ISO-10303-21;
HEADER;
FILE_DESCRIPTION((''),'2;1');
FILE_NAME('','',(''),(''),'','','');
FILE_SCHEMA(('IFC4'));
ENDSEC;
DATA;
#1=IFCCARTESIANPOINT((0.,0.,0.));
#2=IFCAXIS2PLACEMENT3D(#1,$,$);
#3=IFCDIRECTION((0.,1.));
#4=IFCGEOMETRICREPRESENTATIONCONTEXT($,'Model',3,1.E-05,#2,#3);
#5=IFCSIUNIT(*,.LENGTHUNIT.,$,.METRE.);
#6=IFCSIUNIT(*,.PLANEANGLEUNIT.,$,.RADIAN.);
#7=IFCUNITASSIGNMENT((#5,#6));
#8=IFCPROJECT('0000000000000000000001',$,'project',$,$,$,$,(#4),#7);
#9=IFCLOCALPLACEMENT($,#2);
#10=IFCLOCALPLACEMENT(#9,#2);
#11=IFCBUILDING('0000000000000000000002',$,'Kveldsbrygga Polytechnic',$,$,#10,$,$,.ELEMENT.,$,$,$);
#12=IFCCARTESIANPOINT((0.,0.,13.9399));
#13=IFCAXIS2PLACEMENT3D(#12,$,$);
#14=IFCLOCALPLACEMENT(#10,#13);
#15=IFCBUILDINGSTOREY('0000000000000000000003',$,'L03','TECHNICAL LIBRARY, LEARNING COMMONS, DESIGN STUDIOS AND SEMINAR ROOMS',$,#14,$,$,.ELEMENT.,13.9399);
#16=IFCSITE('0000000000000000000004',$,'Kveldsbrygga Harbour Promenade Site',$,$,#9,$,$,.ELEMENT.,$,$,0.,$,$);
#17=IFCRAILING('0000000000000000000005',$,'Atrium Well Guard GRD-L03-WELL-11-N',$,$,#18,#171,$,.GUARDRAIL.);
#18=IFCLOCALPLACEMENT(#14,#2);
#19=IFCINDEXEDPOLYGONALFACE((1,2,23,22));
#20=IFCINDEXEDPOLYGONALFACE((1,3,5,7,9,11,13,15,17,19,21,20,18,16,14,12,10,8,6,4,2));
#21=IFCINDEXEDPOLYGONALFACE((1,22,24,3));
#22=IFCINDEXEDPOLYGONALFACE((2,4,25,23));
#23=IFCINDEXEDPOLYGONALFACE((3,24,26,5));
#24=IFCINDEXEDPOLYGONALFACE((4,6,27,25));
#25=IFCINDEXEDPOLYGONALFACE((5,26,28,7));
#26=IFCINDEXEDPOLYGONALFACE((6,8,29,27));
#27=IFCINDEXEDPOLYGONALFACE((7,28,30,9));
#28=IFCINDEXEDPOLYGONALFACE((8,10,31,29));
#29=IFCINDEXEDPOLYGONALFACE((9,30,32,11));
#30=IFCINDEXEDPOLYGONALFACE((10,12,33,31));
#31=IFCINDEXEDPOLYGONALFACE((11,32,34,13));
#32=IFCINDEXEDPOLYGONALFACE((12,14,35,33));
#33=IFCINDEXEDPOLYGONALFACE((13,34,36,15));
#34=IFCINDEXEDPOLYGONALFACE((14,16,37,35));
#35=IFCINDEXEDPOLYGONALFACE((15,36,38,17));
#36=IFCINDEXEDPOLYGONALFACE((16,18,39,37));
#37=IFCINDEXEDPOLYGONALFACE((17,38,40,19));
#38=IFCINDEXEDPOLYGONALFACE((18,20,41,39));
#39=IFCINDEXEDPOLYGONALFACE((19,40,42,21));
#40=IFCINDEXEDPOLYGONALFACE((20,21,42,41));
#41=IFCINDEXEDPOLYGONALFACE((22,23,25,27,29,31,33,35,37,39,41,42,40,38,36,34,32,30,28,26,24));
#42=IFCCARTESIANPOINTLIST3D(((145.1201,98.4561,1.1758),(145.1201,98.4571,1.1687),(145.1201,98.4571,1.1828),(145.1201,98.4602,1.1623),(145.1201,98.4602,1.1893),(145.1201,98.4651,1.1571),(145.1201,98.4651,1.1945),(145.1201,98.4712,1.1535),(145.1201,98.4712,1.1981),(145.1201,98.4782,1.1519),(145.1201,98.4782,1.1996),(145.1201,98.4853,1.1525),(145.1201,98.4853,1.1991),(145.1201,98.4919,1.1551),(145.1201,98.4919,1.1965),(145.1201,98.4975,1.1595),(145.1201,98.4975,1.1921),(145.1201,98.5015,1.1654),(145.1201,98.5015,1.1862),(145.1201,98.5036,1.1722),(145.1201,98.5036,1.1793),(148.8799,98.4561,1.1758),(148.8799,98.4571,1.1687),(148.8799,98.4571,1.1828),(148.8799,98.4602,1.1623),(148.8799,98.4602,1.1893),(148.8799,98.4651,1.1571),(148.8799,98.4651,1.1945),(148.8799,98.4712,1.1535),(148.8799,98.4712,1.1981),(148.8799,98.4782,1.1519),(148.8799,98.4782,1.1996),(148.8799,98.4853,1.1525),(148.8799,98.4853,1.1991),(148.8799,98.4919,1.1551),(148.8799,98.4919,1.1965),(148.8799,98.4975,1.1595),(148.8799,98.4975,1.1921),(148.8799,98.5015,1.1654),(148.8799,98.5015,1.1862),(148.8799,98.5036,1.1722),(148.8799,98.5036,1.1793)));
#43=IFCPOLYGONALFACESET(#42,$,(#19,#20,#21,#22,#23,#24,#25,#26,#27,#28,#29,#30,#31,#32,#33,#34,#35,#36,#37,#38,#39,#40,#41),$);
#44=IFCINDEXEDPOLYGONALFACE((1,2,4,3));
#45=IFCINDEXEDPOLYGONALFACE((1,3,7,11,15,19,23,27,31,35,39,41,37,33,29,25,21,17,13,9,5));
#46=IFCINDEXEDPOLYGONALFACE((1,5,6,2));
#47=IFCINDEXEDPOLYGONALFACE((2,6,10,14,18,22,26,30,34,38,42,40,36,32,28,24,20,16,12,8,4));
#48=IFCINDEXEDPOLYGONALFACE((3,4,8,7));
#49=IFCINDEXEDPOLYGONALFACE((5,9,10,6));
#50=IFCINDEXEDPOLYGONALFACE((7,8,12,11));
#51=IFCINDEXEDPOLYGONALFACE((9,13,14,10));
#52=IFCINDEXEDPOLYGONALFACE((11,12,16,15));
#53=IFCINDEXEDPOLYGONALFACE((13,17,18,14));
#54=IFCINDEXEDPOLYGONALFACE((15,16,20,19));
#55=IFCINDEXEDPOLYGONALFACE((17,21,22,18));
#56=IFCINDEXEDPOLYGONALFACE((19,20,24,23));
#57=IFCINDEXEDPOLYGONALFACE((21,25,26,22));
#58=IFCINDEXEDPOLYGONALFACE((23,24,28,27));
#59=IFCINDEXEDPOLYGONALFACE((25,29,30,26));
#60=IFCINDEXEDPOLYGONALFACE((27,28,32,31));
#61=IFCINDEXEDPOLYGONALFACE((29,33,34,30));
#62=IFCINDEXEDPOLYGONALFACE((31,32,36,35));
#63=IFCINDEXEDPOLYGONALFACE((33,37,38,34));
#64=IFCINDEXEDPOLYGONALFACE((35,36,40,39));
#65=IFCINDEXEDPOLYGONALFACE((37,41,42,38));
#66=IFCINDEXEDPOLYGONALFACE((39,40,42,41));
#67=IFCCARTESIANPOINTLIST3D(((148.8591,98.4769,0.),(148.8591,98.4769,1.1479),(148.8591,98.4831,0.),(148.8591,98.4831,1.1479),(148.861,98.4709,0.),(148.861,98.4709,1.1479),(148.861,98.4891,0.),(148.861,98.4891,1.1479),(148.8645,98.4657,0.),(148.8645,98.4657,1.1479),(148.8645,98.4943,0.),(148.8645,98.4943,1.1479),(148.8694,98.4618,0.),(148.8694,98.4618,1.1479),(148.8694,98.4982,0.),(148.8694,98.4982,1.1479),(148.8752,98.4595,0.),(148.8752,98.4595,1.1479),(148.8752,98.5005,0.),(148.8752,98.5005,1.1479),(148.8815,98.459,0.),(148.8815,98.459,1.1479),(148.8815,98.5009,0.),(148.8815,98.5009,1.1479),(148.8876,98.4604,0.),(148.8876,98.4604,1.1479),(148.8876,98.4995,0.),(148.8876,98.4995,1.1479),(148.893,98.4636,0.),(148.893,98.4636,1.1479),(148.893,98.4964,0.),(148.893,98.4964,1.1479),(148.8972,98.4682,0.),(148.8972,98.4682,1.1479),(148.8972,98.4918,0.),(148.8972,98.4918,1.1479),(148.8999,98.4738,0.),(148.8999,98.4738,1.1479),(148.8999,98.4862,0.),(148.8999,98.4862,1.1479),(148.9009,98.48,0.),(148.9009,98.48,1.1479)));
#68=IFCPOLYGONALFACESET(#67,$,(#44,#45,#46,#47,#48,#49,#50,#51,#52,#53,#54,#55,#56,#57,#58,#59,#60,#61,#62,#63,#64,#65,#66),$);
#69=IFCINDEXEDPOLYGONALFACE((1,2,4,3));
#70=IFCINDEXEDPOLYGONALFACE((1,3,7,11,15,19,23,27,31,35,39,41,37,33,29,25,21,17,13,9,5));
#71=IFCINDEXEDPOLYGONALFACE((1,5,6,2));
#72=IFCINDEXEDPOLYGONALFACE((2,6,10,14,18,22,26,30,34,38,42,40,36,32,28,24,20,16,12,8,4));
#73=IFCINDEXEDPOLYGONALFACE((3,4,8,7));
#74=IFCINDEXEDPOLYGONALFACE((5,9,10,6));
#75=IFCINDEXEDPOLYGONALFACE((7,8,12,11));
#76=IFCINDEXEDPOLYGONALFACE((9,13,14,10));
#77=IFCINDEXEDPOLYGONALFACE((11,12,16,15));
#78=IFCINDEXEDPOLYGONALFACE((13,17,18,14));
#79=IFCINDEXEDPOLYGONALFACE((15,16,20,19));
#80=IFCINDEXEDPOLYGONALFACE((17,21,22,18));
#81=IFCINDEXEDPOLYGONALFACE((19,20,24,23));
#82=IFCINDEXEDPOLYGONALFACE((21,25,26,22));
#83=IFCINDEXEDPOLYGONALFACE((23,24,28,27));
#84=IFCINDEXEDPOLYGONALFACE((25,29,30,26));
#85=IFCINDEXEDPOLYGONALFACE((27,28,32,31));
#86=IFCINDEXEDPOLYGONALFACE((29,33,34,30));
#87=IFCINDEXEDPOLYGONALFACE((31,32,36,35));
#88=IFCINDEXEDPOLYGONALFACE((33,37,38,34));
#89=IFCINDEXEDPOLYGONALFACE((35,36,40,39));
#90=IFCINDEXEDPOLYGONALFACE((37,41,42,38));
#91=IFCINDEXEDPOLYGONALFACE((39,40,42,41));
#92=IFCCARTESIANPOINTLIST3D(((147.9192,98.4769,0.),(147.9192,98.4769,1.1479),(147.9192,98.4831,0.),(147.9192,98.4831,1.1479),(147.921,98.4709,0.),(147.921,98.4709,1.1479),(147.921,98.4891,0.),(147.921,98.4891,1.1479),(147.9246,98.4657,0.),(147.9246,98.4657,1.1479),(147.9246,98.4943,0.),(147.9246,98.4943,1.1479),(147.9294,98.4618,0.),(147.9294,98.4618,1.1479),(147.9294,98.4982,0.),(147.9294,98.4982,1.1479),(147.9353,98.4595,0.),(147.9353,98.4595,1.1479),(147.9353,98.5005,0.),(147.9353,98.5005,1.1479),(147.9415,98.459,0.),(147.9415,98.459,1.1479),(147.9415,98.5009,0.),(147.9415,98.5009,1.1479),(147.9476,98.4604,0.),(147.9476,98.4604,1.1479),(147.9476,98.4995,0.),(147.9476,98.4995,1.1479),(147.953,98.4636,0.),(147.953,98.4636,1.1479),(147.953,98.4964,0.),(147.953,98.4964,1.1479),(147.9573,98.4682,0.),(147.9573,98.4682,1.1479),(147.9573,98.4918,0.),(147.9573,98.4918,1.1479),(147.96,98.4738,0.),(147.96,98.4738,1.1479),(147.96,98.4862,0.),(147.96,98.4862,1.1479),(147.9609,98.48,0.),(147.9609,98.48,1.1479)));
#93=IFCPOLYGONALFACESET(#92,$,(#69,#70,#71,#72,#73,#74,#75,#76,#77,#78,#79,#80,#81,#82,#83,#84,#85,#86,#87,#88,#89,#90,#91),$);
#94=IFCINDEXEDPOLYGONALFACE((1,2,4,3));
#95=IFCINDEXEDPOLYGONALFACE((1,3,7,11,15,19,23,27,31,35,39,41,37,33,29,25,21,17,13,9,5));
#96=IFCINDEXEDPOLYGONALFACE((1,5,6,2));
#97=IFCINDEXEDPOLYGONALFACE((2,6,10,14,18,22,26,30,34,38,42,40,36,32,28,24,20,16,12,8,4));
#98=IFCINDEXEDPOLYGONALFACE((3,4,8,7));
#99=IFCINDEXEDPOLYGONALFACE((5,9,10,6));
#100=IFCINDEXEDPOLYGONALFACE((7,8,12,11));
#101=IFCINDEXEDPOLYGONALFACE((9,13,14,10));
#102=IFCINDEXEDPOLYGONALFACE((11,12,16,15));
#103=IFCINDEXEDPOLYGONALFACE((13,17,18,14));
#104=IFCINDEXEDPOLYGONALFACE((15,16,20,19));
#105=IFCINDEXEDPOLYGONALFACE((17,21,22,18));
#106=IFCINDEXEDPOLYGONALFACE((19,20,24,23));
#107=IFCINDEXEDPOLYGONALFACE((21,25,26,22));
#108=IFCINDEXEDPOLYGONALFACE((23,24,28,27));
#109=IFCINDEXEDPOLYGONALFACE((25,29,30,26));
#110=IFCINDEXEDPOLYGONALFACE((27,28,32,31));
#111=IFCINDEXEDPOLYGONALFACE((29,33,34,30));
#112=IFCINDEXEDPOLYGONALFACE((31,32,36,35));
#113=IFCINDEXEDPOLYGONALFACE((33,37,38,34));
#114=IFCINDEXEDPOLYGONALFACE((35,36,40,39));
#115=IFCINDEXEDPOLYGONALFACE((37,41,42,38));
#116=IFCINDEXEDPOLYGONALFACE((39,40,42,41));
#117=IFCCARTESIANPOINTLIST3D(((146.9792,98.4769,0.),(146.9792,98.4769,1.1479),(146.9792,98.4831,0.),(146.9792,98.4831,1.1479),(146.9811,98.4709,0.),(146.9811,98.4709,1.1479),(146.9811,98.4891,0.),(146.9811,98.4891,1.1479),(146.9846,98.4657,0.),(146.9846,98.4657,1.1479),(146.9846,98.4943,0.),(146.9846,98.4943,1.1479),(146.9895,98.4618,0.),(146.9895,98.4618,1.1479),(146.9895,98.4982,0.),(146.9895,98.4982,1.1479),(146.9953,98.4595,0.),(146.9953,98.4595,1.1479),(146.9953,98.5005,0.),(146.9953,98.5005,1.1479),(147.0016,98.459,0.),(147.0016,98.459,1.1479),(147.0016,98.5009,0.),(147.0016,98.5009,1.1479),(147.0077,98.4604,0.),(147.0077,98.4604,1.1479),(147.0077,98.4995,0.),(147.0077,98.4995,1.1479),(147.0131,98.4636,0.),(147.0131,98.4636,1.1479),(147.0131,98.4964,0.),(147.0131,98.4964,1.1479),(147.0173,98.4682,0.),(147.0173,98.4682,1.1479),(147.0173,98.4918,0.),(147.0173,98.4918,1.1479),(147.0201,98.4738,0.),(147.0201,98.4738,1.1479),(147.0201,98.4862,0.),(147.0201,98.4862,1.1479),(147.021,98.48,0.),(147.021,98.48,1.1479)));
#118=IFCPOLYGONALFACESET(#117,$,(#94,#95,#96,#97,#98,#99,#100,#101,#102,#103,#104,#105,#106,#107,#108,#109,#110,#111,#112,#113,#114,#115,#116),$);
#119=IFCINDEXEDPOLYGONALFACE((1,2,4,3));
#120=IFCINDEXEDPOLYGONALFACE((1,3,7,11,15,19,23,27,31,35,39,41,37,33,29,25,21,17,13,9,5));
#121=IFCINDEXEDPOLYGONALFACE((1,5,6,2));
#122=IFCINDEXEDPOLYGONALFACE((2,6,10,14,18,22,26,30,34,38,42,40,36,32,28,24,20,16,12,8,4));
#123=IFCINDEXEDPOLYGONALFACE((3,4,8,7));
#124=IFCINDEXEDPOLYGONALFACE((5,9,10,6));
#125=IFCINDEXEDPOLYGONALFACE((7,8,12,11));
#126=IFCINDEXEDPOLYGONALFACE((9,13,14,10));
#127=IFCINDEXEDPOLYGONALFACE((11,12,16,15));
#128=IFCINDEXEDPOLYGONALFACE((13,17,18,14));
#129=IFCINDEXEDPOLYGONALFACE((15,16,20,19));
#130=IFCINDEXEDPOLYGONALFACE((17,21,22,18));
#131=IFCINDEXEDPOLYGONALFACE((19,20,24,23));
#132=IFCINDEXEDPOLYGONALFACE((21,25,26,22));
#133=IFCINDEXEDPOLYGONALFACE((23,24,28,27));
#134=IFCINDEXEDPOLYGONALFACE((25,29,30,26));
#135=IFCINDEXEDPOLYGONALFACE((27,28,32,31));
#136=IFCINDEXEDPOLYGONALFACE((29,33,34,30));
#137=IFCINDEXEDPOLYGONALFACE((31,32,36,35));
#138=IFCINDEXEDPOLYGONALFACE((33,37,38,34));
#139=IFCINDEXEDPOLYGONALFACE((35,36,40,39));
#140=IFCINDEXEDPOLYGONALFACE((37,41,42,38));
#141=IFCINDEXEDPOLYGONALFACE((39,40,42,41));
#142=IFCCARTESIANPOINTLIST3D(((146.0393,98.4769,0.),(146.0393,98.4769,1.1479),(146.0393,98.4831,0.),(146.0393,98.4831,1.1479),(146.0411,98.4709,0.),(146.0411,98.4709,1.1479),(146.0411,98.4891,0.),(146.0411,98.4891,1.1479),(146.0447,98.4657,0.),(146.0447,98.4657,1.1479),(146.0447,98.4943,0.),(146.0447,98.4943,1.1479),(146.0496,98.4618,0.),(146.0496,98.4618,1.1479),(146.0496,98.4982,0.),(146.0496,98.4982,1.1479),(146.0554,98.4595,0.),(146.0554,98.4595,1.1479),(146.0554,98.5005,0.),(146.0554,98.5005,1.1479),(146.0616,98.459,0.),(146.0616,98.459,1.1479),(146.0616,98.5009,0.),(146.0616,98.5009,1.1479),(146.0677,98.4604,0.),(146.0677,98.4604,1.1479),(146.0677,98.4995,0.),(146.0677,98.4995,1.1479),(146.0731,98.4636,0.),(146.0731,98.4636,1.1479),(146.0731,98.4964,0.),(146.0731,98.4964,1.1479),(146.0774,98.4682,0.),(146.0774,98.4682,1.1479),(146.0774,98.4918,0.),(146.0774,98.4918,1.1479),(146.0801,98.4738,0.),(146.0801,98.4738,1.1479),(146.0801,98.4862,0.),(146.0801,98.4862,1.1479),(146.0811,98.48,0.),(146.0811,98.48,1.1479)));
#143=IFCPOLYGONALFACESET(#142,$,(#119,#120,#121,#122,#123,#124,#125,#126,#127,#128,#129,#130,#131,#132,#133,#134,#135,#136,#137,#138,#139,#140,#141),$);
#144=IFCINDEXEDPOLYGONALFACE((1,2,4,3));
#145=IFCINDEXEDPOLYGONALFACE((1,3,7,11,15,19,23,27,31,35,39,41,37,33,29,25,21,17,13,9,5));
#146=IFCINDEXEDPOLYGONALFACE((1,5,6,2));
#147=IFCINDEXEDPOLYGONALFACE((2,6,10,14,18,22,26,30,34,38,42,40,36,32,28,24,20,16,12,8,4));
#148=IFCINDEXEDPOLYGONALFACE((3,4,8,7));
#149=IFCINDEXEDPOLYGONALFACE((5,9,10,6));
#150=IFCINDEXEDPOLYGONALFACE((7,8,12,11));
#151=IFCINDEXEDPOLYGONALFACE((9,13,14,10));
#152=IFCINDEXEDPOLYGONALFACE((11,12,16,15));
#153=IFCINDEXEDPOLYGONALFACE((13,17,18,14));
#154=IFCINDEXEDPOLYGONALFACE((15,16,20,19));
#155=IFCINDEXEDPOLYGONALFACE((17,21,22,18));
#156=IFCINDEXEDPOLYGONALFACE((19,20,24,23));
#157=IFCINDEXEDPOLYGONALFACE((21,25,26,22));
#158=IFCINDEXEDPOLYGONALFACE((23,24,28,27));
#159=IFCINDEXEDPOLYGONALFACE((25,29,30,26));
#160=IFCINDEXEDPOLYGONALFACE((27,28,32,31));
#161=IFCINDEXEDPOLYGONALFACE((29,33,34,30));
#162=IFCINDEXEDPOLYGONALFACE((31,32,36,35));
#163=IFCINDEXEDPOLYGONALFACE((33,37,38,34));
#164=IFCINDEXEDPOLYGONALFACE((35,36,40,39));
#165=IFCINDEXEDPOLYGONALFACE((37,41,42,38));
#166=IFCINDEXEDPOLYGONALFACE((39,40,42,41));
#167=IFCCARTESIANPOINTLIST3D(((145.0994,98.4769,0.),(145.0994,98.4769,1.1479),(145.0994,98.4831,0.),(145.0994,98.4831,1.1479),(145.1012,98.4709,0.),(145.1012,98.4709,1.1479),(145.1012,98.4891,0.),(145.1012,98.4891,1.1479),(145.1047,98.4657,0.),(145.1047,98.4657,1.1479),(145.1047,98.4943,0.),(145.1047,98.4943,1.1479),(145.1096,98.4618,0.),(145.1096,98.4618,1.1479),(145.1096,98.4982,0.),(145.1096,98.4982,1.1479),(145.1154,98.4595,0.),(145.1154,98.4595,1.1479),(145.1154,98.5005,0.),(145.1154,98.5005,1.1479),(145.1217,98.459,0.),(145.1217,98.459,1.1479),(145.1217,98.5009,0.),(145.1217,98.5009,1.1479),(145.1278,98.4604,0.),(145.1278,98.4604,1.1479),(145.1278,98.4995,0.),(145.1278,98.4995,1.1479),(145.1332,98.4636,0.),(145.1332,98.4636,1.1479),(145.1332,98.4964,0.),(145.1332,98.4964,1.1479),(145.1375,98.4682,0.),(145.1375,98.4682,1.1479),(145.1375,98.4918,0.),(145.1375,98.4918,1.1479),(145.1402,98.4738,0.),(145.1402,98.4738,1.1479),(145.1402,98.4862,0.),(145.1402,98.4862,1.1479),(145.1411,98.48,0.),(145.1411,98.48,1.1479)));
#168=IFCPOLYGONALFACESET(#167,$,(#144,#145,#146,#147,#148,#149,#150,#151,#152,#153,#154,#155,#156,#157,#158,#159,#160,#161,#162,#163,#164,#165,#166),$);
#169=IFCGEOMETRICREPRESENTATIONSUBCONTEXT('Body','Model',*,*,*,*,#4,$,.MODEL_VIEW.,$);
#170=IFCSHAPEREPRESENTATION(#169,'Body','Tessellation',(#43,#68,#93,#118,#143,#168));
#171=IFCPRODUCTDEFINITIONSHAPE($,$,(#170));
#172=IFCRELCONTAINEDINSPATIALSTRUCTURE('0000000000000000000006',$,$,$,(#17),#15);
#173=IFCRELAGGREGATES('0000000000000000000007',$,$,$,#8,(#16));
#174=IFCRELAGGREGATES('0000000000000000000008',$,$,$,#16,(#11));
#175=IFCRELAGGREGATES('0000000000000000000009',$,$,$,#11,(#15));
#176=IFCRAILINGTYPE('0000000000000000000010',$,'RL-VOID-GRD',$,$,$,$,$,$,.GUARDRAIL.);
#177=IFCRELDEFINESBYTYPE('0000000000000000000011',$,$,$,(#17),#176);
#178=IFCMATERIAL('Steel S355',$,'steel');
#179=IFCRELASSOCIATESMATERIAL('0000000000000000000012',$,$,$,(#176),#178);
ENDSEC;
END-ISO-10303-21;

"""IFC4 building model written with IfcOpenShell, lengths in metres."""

from ifc_helpers import new_model, si_unit, direction, frame, origin, origin_2d, place, context, subcontext, project, spatial, circle, extrude, material, type_object, element, save


model = new_model("IFC4")

# Units and contexts
model_context = context("Model", 3, precision=1e-05, world=origin(), true_north=direction((0.0, 1.0)))
body_context = subcontext(model_context, "Body", "Model", "MODEL_VIEW")
ifc_project = project(units=[si_unit("LENGTHUNIT", "METRE"), si_unit("PLANEANGLEUNIT", "RADIAN")], contexts=[model_context])

# Site, building, storey
site_placement = place(None, origin())
site = spatial("IfcSite", under=ifc_project, at=site_placement, Name="Kveldsbrygga Harbour Promenade Site", CompositionType="ELEMENT", RefElevation=0.0)
building_placement = place(site_placement, origin())
building = spatial("IfcBuilding", under=site, at=building_placement, Name="Kveldsbrygga Polytechnic", CompositionType="ELEMENT")
storey_placement = place(building_placement, frame((0.0, 0.0, 13.9399)))
storey = spatial("IfcBuildingStorey", under=building, at=storey_placement, Name="L03", Description="TECHNICAL LIBRARY, LEARNING COMMONS, DESIGN STUDIOS AND SEMINAR ROOMS", CompositionType="ELEMENT", Elevation=13.9399)

# Shared definitions
ifc_material_1 = material(Name="Steel S355", Category="steel")

# Railing
railing_type = type_object("IfcRailingType", Name="RL-VOID-GRD", PredefinedType="GUARDRAIL", material=ifc_material_1)
railing_1_placement = place(storey_placement, frame((148.8799, 98.48, 0.0)))
element("IfcRailing", 1, at=railing_1_placement, inside=storey, type_object=railing_type, Name="Atrium Well Guard GRD-L03-WELL-11-N", PredefinedType="GUARDRAIL", context=body_context, shape_type="SweptSolid", body=[
    extrude(circle(Radius=0.0239, at=origin_2d()), frame((0.0, 0.0, 1.1758), z_axis=(-1.0, 0.0, 0.0), x_axis=(0.0, -1.0, 0.0)), (0.0, 0.0, 1.0), 3.7598),
    extrude(circle(Radius=0.021, at=origin_2d()), origin(), (0.0, 0.0, 1.0), 1.1479),
    extrude(circle(Radius=0.021, at=origin_2d()), frame((-0.9399, 0.0, 0.0)), (0.0, 0.0, 1.0), 1.1479),
    extrude(circle(Radius=0.021, at=origin_2d()), frame((-1.8799, 0.0, 0.0)), (0.0, 0.0, 1.0), 1.1479),
    extrude(circle(Radius=0.021, at=origin_2d()), frame((-2.8198, 0.0, 0.0)), (0.0, 0.0, 1.0), 1.1479),
    extrude(circle(Radius=0.021, at=origin_2d()), frame((-3.7598, 0.0, 0.0)), (0.0, 0.0, 1.0), 1.1479),
])

save(model, "model.ifc")
